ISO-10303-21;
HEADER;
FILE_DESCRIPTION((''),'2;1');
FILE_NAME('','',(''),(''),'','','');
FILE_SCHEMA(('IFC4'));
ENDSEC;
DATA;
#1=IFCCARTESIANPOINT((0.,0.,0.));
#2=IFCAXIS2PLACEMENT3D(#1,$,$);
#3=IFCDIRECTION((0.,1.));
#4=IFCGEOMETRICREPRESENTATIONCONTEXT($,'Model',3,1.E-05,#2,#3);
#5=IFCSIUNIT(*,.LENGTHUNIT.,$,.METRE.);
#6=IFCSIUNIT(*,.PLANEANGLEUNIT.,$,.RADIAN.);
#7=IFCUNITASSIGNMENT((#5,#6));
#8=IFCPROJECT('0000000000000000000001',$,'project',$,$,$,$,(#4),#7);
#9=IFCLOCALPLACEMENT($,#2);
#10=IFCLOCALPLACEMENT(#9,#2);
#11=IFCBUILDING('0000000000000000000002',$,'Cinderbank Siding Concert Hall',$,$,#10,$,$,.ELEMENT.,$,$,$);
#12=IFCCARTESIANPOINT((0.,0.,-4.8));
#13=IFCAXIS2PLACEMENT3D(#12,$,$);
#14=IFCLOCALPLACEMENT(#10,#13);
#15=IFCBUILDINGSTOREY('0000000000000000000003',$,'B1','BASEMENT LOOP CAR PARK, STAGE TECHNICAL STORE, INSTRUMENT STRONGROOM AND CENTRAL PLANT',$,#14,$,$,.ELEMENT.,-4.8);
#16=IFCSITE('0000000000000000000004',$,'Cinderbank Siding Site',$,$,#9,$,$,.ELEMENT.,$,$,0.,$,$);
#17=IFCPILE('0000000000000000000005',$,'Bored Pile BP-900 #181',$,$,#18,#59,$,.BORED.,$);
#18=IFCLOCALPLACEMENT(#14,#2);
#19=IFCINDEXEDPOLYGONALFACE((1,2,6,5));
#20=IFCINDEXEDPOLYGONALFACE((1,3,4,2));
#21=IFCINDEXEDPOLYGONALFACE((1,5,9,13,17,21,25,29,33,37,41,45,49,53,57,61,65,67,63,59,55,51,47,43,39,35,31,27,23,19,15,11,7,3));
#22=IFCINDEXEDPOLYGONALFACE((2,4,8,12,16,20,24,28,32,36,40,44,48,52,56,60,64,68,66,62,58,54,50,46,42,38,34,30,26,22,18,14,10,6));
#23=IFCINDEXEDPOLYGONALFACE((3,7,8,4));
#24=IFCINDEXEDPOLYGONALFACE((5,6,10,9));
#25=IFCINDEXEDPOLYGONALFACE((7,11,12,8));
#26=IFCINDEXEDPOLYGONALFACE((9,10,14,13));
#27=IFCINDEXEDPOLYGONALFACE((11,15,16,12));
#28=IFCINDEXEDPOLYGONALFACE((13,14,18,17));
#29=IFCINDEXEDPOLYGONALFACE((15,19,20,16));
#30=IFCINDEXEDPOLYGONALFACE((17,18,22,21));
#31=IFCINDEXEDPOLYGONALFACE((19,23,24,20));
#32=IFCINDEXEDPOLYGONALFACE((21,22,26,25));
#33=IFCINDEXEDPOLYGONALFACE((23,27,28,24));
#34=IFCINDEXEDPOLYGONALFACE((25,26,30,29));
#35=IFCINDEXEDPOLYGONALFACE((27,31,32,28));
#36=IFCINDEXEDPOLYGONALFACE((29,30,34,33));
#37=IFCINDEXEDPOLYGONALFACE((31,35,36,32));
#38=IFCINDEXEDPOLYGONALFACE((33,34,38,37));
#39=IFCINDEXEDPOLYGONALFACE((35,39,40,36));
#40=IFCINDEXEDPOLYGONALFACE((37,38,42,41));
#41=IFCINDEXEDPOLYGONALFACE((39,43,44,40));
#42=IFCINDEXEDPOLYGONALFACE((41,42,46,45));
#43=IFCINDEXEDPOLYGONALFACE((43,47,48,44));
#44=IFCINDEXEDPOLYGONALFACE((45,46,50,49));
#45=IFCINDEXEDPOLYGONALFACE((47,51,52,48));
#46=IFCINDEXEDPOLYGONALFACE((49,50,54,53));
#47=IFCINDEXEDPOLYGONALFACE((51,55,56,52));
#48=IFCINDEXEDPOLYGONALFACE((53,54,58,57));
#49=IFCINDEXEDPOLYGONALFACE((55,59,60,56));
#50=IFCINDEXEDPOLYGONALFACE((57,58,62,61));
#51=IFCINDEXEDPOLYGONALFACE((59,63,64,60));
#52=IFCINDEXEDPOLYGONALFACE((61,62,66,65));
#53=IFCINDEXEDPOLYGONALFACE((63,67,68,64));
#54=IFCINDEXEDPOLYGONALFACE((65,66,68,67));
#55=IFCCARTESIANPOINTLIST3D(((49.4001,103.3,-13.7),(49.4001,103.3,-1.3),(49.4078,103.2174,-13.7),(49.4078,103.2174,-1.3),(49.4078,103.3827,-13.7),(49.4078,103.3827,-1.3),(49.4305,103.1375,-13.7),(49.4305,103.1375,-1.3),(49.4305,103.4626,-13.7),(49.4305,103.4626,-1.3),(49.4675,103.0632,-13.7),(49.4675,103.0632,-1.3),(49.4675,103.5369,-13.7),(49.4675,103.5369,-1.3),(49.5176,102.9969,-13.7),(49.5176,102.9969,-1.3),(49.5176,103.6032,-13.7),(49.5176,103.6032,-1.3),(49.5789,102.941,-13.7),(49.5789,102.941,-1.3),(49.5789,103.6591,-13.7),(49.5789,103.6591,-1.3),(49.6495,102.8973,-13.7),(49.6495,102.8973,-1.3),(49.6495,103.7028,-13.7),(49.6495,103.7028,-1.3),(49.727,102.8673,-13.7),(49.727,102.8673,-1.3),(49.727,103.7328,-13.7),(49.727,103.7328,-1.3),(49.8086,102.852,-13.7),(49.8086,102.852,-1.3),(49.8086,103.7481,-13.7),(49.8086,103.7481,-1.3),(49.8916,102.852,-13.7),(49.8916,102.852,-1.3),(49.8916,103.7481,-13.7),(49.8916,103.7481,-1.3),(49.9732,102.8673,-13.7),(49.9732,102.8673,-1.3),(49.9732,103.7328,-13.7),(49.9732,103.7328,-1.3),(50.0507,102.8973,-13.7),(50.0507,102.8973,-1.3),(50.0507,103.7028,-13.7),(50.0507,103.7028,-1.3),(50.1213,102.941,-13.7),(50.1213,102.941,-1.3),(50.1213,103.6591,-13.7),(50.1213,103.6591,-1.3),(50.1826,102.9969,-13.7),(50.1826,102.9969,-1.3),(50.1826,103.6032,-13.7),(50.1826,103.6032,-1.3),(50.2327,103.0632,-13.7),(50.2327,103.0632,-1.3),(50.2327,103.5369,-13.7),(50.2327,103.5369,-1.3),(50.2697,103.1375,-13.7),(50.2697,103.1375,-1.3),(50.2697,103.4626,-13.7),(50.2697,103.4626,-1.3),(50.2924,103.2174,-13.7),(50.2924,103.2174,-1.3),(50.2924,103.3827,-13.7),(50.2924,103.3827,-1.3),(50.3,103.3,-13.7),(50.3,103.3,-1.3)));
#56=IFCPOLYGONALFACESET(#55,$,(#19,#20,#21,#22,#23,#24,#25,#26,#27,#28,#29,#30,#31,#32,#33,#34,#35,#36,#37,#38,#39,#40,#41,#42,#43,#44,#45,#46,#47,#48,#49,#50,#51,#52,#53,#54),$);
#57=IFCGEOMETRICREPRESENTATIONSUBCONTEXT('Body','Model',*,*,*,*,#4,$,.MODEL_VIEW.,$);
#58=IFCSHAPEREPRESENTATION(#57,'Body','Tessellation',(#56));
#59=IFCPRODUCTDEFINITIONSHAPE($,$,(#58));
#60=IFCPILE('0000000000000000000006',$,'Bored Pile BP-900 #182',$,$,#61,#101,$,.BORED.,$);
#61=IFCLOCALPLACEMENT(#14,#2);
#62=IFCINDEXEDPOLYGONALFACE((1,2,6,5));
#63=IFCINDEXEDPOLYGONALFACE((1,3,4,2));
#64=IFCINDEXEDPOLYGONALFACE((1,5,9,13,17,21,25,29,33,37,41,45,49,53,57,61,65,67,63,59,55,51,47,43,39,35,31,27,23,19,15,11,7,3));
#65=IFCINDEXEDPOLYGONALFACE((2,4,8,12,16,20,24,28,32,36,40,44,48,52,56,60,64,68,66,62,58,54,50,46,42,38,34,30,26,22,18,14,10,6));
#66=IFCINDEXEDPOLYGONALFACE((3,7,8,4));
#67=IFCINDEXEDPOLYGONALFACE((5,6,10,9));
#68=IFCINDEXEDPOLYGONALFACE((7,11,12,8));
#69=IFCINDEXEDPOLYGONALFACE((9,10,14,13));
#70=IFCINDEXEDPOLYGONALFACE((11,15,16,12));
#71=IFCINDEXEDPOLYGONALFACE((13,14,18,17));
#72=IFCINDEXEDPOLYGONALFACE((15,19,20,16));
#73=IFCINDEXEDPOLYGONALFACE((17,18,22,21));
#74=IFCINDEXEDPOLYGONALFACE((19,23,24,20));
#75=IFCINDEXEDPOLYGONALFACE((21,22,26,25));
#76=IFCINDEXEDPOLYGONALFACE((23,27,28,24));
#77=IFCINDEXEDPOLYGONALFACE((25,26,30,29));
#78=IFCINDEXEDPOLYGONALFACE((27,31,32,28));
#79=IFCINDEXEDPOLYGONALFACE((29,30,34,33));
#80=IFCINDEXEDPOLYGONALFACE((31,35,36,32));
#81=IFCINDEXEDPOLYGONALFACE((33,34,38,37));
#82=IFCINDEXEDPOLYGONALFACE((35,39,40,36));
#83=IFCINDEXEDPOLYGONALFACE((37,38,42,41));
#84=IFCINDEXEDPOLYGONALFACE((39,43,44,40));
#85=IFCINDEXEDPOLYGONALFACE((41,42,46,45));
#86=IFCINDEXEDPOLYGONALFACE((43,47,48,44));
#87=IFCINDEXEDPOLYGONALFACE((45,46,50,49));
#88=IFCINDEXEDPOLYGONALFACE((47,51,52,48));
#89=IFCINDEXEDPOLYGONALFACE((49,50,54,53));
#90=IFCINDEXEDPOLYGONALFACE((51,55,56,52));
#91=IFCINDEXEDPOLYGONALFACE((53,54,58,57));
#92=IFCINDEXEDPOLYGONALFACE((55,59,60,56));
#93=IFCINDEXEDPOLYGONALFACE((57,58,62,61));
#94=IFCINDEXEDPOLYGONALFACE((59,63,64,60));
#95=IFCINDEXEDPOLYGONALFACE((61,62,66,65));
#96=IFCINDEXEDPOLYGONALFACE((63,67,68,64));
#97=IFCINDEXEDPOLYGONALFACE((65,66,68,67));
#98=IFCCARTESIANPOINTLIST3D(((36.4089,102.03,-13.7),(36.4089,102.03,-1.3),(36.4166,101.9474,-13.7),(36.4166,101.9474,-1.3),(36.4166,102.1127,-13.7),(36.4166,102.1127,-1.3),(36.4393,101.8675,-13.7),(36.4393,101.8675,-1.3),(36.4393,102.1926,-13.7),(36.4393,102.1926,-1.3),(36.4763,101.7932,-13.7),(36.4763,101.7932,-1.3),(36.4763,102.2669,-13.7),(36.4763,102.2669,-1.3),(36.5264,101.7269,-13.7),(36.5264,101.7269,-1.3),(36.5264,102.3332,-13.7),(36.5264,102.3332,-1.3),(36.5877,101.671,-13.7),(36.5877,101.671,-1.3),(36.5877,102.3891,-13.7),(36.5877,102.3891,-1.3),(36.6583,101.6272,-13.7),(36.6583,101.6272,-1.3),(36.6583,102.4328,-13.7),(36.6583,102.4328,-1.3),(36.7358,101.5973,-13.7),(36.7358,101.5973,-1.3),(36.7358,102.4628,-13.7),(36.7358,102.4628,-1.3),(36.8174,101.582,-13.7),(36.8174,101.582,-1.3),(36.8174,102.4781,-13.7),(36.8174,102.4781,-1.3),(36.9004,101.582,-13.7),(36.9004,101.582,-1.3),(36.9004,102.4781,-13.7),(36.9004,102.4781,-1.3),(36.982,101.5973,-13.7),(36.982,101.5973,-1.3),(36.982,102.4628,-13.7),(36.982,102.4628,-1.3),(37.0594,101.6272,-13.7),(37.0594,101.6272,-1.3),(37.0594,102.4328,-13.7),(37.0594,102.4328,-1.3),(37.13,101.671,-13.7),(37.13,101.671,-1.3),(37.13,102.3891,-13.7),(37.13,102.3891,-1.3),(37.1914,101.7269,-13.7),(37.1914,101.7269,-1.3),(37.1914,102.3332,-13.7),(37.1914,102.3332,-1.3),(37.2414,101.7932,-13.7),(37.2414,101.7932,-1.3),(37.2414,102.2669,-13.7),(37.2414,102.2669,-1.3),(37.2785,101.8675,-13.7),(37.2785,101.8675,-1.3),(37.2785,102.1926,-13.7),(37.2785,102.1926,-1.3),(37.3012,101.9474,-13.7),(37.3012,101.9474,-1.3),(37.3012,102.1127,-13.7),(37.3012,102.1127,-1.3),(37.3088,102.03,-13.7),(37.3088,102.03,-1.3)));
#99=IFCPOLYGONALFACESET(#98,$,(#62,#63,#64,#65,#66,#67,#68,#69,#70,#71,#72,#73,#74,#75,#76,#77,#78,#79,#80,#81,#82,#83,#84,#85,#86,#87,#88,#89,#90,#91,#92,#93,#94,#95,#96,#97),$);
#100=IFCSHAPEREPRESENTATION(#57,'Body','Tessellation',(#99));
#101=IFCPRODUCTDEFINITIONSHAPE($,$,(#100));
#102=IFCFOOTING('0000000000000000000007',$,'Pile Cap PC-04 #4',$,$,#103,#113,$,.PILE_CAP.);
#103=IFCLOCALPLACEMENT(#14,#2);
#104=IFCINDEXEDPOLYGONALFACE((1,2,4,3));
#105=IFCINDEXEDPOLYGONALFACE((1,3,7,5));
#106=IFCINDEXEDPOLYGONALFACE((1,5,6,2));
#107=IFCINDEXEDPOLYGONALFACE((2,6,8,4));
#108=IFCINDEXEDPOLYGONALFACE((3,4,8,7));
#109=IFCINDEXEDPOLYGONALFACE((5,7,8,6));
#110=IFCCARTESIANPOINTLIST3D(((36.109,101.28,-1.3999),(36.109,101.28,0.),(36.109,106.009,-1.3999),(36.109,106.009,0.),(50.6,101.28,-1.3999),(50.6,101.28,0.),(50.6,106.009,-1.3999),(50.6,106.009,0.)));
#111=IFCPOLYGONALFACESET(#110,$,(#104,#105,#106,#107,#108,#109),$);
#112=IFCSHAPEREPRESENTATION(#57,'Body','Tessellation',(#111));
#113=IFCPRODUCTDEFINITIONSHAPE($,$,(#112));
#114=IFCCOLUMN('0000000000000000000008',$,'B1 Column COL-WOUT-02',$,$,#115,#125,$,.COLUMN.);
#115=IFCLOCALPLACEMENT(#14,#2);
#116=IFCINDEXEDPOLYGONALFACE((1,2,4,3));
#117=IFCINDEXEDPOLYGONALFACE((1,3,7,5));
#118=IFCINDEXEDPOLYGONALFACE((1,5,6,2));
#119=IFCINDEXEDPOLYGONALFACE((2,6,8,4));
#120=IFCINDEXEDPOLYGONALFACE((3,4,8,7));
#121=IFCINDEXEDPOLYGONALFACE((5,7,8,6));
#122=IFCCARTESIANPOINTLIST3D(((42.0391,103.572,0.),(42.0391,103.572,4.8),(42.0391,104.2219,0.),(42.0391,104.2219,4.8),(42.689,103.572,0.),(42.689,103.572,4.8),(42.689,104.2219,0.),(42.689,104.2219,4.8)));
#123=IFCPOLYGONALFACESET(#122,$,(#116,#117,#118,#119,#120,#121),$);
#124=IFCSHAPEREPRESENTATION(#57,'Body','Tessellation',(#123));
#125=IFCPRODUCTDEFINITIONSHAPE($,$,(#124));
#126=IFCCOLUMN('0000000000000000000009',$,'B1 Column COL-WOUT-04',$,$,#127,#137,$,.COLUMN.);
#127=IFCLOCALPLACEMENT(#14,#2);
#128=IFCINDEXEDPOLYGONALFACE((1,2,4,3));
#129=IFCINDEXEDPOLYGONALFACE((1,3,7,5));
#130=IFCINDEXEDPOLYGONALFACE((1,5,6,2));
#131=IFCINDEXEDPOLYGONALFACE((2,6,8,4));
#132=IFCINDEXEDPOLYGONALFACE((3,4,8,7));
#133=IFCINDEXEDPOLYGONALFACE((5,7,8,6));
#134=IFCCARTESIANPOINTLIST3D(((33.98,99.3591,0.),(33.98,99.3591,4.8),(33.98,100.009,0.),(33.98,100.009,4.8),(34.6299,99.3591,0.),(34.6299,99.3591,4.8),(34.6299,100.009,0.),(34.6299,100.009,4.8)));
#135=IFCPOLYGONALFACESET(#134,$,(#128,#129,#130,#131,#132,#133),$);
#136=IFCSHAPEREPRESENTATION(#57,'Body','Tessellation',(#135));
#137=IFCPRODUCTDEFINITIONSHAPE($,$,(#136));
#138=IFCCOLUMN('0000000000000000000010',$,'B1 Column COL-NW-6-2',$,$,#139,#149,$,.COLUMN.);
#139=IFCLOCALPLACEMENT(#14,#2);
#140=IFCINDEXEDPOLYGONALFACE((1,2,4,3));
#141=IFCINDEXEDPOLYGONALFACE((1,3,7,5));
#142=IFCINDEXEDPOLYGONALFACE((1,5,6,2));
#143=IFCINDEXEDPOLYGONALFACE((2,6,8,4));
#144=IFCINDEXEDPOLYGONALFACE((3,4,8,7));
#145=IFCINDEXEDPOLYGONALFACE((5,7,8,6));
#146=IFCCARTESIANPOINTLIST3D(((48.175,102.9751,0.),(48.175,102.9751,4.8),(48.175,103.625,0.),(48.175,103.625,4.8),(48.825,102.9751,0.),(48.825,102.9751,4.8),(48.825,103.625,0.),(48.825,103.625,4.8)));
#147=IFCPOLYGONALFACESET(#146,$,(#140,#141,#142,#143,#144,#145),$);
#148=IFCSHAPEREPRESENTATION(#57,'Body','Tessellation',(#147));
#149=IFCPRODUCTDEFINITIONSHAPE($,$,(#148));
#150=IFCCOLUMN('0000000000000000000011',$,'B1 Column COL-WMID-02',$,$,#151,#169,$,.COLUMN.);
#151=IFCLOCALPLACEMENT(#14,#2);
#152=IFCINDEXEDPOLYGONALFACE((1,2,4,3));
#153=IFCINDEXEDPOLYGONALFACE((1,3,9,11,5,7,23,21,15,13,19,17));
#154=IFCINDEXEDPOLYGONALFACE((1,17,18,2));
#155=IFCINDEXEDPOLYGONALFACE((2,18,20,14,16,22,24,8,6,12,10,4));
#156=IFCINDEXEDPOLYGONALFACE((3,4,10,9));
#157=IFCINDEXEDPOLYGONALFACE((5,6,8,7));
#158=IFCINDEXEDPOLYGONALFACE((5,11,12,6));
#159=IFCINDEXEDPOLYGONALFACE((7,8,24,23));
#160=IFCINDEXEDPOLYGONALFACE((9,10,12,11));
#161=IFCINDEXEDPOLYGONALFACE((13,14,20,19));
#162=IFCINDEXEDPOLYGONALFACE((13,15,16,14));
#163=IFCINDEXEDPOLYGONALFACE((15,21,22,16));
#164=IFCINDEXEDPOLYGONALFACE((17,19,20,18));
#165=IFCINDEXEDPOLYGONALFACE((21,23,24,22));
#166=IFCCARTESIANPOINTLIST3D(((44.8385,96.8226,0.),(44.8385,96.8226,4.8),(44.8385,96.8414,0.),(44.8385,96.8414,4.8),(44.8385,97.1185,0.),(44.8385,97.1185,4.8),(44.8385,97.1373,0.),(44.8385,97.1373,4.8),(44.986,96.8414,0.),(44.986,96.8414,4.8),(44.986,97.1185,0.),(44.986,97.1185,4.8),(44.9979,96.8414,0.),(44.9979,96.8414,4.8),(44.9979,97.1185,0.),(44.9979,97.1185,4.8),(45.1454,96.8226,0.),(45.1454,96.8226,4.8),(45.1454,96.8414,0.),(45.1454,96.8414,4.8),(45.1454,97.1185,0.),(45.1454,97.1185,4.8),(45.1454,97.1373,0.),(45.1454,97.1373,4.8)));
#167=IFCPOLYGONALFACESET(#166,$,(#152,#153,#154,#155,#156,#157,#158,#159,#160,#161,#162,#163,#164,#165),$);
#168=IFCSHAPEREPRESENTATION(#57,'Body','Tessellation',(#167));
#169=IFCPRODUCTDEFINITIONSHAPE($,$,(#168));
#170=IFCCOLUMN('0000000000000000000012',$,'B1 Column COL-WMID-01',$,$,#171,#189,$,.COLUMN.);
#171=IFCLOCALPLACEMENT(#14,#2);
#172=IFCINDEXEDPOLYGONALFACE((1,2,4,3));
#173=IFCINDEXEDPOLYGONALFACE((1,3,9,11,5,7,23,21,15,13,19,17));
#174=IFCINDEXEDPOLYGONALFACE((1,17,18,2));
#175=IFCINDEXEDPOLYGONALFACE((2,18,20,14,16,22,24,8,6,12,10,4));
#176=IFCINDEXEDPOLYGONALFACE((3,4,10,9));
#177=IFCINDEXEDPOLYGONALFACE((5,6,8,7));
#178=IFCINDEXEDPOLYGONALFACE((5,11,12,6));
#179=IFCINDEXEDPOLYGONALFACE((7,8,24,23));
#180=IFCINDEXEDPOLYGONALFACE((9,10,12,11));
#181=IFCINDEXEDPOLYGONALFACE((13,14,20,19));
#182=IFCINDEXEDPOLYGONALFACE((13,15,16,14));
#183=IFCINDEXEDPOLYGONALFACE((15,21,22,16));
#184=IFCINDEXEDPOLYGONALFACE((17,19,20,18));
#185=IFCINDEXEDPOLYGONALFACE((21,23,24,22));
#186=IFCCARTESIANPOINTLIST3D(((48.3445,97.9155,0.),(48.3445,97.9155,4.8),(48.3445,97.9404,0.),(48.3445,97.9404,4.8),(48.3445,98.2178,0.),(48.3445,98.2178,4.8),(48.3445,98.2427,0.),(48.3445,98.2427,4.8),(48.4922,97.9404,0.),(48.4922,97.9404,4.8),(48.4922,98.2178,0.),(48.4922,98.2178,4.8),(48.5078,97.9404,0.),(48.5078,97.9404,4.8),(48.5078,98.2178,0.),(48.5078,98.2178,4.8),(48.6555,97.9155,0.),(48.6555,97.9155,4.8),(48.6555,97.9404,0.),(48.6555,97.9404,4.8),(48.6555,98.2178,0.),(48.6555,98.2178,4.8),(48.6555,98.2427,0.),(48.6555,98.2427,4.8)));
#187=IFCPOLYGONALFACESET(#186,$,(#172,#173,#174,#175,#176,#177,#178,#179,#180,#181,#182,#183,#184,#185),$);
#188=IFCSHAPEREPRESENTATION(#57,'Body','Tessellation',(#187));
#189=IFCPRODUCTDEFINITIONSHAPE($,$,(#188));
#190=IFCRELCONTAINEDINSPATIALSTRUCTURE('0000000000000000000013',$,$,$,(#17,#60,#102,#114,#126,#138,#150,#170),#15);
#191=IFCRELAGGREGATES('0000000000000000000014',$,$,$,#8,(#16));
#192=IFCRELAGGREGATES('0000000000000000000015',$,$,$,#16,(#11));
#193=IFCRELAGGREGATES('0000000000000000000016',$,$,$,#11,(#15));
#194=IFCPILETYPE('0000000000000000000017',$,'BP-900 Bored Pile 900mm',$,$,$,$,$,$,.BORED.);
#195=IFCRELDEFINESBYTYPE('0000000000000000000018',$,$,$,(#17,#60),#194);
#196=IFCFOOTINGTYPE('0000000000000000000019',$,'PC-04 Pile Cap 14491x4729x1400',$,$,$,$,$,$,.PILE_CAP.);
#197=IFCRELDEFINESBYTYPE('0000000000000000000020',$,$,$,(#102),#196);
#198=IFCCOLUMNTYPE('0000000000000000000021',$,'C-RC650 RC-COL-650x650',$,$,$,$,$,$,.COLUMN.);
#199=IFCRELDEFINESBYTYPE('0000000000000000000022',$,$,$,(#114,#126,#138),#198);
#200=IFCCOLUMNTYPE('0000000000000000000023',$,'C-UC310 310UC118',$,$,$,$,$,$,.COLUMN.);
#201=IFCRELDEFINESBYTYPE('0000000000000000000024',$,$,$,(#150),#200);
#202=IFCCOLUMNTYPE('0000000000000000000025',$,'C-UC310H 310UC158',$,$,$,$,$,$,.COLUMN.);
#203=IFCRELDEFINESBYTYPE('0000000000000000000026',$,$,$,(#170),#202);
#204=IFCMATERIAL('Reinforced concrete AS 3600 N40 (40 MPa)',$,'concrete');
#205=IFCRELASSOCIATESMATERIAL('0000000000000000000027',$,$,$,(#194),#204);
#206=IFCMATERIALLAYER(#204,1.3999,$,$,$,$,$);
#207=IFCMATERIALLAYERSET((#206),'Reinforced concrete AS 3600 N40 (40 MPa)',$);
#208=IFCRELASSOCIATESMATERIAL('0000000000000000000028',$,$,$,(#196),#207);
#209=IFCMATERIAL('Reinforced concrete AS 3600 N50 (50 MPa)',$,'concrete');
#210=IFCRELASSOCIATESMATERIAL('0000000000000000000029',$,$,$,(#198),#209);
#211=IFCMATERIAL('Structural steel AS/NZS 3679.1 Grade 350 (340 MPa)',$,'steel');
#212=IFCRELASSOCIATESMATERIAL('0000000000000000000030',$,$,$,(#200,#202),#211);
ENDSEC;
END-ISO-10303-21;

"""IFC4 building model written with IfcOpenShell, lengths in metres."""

from ifc_helpers import new_model, si_unit, direction, frame, origin, origin_2d, place, context, subcontext, project, spatial, rectangle, circle, i_section, extrude, material, layer, layer_set, material_profile, profile_set, type_object, element, save


model = new_model("IFC4")

# Units and contexts
model_context = context("Model", 3, precision=1e-05, world=origin(), true_north=direction((0.0, 1.0)))
body_context = subcontext(model_context, "Body", "Model", "MODEL_VIEW")
ifc_project = project(units=[si_unit("LENGTHUNIT", "METRE"), si_unit("PLANEANGLEUNIT", "RADIAN")], contexts=[model_context])

# Site, building, storey
site_placement = place(None, origin())
site = spatial("IfcSite", under=ifc_project, at=site_placement, Name="Cinderbank Siding Site", CompositionType="ELEMENT", RefElevation=0.0)
building_placement = place(site_placement, origin())
building = spatial("IfcBuilding", under=site, at=building_placement, Name="Cinderbank Siding Concert Hall", CompositionType="ELEMENT")
storey_placement = place(building_placement, frame((0.0, 0.0, -4.8)))
storey = spatial("IfcBuildingStorey", under=building, at=storey_placement, Name="B1", Description="BASEMENT LOOP CAR PARK, STAGE TECHNICAL STORE, INSTRUMENT STRONGROOM AND CENTRAL PLANT", CompositionType="ELEMENT", Elevation=-4.8)

# Piles
ifc_material_1 = material(Name="Reinforced concrete AS 3600 N40 (40 MPa)", Category="concrete")
ifc_material_profile_1 = material_profile(ifc_material_1, circle(Radius=0.45, at=origin_2d()), Name="PILE-900DIA", Category="LoadBearing")
ifc_profile_set_1 = profile_set([ifc_material_profile_1], Name="Reinforced concrete AS 3600 N40 (40 MPa)")
pile_type = type_object("IfcPileType", Name="BP-900 Bored Pile 900mm", PredefinedType="BORED", material=ifc_profile_set_1)
for number, where, z_axis, x_axis, name in (
    (1, (49.8501, 103.3, -1.3), (0.0, 0.0, -1.0), (1.0, 0.0, 0.0), "Bored Pile BP-900 #181"),
    (2, (36.8589, 102.03, -1.3), (0.0, 0.0, -1.0), (1.0, 0.0, 0.0), "Bored Pile BP-900 #182"),
):
    element("IfcPile", number, at=place(storey_placement, frame(where, z_axis=z_axis, x_axis=x_axis)), inside=storey, type_object=pile_type, Name=name, PredefinedType="BORED", context=body_context, shape_type="SweptSolid", body=[
        extrude(circle(Radius=0.45, at=origin_2d()), origin(), (0.0, 0.0, 1.0), 12.3999),
    ])

# Footing
ifc_layer_1 = layer(ifc_material_1, 1.3999)
ifc_layer_set_1 = layer_set([ifc_layer_1], Name="Reinforced concrete AS 3600 N40 (40 MPa)")
footing_type = type_object("IfcFootingType", Name="PC-04 Pile Cap 14491x4729x1400", PredefinedType="PILE_CAP", material=ifc_layer_set_1)
footing_placement = place(storey_placement, frame((43.3545, 103.6445, -1.3999), z_axis=(0.0, 0.0, 1.0), x_axis=(1.0, 0.0, 0.0)))
element("IfcFooting", 3, at=footing_placement, inside=storey, type_object=footing_type, Name="Pile Cap PC-04 #4", PredefinedType="PILE_CAP", context=body_context, shape_type="SweptSolid", body=[
    extrude(rectangle(XDim=14.491, YDim=4.729, at=origin_2d()), origin(), (0.0, 0.0, 1.0), 1.3999),
])

# Columns
ifc_material_2 = material(Name="Reinforced concrete AS 3600 N50 (50 MPa)", Category="concrete")
ifc_material_profile_2 = material_profile(ifc_material_2, rectangle(XDim=0.6499, YDim=0.6499, at=origin_2d()), Name="RC-COL-650x650", Category="LoadBearing")
ifc_profile_set_2 = profile_set([ifc_material_profile_2], Name="Reinforced concrete AS 3600 N50 (50 MPa)")
column_type_1 = type_object("IfcColumnType", Name="C-RC650 RC-COL-650x650", PredefinedType="COLUMN", material=ifc_profile_set_2)
for number, where, z_axis, x_axis, name in (
    (4, (42.364, 103.897, 0.0), (0.0, 0.0, 1.0), (1.0, 0.0, 0.0), "B1 Column COL-WOUT-02"),
    (5, (34.3049, 99.6841, 0.0), (0.0, 0.0, 1.0), (1.0, 0.0, 0.0), "B1 Column COL-WOUT-04"),
    (6, (48.5, 103.3, 0.0), (0.0, 0.0, 1.0), (1.0, 0.0, 0.0), "B1 Column COL-NW-6-2"),
):
    element("IfcColumn", number, at=place(storey_placement, frame(where, z_axis=z_axis, x_axis=x_axis)), inside=storey, type_object=column_type_1, Name=name, PredefinedType="COLUMN", context=body_context, shape_type="SweptSolid", body=[
        extrude(rectangle(XDim=0.6499, YDim=0.6499, at=origin_2d()), origin(), (0.0, 0.0, 1.0), 4.8),
    ])
ifc_material_3 = material(Name="Structural steel AS/NZS 3679.1 Grade 350 (340 MPa)", Category="steel")
ifc_material_profile_3 = material_profile(ifc_material_3, i_section(OverallWidth=0.3069, OverallDepth=0.3147, WebThickness=0.012, FlangeThickness=0.0188, at=origin_2d()), Name="310UC118", Category="LoadBearing")
ifc_profile_set_3 = profile_set([ifc_material_profile_3], Name="Structural steel AS/NZS 3679.1 Grade 350 (340 MPa)")
column_type_2 = type_object("IfcColumnType", Name="C-UC310 310UC118", PredefinedType="COLUMN", material=ifc_profile_set_3)
column_1_placement = place(storey_placement, frame((44.9919, 96.98, 0.0), z_axis=(0.0, 0.0, 1.0), x_axis=(1.0, 0.0, 0.0)))
element("IfcColumn", 7, at=column_1_placement, inside=storey, type_object=column_type_2, Name="B1 Column COL-WMID-02", PredefinedType="COLUMN", context=body_context, shape_type="SweptSolid", body=[
    extrude(i_section(OverallWidth=0.3069, OverallDepth=0.3147, WebThickness=0.012, FlangeThickness=0.0188, at=origin_2d()), origin(), (0.0, 0.0, 1.0), 4.8),
])
ifc_material_profile_4 = material_profile(ifc_material_3, i_section(OverallWidth=0.311, OverallDepth=0.3271, WebThickness=0.0156, FlangeThickness=0.0249, at=origin_2d()), Name="310UC158", Category="LoadBearing")
ifc_profile_set_4 = profile_set([ifc_material_profile_4], Name="Structural steel AS/NZS 3679.1 Grade 350 (340 MPa)")
column_type_3 = type_object("IfcColumnType", Name="C-UC310H 310UC158", PredefinedType="COLUMN", material=ifc_profile_set_4)
column_2_placement = place(storey_placement, frame((48.5, 98.0791, 0.0), z_axis=(0.0, 0.0, 1.0), x_axis=(1.0, 0.0, 0.0)))
element("IfcColumn", 8, at=column_2_placement, inside=storey, type_object=column_type_3, Name="B1 Column COL-WMID-01", PredefinedType="COLUMN", context=body_context, shape_type="SweptSolid", body=[
    extrude(i_section(OverallWidth=0.311, OverallDepth=0.3271, WebThickness=0.0156, FlangeThickness=0.0249, at=origin_2d()), origin(), (0.0, 0.0, 1.0), 4.8),
])

save(model, "model.ifc")
